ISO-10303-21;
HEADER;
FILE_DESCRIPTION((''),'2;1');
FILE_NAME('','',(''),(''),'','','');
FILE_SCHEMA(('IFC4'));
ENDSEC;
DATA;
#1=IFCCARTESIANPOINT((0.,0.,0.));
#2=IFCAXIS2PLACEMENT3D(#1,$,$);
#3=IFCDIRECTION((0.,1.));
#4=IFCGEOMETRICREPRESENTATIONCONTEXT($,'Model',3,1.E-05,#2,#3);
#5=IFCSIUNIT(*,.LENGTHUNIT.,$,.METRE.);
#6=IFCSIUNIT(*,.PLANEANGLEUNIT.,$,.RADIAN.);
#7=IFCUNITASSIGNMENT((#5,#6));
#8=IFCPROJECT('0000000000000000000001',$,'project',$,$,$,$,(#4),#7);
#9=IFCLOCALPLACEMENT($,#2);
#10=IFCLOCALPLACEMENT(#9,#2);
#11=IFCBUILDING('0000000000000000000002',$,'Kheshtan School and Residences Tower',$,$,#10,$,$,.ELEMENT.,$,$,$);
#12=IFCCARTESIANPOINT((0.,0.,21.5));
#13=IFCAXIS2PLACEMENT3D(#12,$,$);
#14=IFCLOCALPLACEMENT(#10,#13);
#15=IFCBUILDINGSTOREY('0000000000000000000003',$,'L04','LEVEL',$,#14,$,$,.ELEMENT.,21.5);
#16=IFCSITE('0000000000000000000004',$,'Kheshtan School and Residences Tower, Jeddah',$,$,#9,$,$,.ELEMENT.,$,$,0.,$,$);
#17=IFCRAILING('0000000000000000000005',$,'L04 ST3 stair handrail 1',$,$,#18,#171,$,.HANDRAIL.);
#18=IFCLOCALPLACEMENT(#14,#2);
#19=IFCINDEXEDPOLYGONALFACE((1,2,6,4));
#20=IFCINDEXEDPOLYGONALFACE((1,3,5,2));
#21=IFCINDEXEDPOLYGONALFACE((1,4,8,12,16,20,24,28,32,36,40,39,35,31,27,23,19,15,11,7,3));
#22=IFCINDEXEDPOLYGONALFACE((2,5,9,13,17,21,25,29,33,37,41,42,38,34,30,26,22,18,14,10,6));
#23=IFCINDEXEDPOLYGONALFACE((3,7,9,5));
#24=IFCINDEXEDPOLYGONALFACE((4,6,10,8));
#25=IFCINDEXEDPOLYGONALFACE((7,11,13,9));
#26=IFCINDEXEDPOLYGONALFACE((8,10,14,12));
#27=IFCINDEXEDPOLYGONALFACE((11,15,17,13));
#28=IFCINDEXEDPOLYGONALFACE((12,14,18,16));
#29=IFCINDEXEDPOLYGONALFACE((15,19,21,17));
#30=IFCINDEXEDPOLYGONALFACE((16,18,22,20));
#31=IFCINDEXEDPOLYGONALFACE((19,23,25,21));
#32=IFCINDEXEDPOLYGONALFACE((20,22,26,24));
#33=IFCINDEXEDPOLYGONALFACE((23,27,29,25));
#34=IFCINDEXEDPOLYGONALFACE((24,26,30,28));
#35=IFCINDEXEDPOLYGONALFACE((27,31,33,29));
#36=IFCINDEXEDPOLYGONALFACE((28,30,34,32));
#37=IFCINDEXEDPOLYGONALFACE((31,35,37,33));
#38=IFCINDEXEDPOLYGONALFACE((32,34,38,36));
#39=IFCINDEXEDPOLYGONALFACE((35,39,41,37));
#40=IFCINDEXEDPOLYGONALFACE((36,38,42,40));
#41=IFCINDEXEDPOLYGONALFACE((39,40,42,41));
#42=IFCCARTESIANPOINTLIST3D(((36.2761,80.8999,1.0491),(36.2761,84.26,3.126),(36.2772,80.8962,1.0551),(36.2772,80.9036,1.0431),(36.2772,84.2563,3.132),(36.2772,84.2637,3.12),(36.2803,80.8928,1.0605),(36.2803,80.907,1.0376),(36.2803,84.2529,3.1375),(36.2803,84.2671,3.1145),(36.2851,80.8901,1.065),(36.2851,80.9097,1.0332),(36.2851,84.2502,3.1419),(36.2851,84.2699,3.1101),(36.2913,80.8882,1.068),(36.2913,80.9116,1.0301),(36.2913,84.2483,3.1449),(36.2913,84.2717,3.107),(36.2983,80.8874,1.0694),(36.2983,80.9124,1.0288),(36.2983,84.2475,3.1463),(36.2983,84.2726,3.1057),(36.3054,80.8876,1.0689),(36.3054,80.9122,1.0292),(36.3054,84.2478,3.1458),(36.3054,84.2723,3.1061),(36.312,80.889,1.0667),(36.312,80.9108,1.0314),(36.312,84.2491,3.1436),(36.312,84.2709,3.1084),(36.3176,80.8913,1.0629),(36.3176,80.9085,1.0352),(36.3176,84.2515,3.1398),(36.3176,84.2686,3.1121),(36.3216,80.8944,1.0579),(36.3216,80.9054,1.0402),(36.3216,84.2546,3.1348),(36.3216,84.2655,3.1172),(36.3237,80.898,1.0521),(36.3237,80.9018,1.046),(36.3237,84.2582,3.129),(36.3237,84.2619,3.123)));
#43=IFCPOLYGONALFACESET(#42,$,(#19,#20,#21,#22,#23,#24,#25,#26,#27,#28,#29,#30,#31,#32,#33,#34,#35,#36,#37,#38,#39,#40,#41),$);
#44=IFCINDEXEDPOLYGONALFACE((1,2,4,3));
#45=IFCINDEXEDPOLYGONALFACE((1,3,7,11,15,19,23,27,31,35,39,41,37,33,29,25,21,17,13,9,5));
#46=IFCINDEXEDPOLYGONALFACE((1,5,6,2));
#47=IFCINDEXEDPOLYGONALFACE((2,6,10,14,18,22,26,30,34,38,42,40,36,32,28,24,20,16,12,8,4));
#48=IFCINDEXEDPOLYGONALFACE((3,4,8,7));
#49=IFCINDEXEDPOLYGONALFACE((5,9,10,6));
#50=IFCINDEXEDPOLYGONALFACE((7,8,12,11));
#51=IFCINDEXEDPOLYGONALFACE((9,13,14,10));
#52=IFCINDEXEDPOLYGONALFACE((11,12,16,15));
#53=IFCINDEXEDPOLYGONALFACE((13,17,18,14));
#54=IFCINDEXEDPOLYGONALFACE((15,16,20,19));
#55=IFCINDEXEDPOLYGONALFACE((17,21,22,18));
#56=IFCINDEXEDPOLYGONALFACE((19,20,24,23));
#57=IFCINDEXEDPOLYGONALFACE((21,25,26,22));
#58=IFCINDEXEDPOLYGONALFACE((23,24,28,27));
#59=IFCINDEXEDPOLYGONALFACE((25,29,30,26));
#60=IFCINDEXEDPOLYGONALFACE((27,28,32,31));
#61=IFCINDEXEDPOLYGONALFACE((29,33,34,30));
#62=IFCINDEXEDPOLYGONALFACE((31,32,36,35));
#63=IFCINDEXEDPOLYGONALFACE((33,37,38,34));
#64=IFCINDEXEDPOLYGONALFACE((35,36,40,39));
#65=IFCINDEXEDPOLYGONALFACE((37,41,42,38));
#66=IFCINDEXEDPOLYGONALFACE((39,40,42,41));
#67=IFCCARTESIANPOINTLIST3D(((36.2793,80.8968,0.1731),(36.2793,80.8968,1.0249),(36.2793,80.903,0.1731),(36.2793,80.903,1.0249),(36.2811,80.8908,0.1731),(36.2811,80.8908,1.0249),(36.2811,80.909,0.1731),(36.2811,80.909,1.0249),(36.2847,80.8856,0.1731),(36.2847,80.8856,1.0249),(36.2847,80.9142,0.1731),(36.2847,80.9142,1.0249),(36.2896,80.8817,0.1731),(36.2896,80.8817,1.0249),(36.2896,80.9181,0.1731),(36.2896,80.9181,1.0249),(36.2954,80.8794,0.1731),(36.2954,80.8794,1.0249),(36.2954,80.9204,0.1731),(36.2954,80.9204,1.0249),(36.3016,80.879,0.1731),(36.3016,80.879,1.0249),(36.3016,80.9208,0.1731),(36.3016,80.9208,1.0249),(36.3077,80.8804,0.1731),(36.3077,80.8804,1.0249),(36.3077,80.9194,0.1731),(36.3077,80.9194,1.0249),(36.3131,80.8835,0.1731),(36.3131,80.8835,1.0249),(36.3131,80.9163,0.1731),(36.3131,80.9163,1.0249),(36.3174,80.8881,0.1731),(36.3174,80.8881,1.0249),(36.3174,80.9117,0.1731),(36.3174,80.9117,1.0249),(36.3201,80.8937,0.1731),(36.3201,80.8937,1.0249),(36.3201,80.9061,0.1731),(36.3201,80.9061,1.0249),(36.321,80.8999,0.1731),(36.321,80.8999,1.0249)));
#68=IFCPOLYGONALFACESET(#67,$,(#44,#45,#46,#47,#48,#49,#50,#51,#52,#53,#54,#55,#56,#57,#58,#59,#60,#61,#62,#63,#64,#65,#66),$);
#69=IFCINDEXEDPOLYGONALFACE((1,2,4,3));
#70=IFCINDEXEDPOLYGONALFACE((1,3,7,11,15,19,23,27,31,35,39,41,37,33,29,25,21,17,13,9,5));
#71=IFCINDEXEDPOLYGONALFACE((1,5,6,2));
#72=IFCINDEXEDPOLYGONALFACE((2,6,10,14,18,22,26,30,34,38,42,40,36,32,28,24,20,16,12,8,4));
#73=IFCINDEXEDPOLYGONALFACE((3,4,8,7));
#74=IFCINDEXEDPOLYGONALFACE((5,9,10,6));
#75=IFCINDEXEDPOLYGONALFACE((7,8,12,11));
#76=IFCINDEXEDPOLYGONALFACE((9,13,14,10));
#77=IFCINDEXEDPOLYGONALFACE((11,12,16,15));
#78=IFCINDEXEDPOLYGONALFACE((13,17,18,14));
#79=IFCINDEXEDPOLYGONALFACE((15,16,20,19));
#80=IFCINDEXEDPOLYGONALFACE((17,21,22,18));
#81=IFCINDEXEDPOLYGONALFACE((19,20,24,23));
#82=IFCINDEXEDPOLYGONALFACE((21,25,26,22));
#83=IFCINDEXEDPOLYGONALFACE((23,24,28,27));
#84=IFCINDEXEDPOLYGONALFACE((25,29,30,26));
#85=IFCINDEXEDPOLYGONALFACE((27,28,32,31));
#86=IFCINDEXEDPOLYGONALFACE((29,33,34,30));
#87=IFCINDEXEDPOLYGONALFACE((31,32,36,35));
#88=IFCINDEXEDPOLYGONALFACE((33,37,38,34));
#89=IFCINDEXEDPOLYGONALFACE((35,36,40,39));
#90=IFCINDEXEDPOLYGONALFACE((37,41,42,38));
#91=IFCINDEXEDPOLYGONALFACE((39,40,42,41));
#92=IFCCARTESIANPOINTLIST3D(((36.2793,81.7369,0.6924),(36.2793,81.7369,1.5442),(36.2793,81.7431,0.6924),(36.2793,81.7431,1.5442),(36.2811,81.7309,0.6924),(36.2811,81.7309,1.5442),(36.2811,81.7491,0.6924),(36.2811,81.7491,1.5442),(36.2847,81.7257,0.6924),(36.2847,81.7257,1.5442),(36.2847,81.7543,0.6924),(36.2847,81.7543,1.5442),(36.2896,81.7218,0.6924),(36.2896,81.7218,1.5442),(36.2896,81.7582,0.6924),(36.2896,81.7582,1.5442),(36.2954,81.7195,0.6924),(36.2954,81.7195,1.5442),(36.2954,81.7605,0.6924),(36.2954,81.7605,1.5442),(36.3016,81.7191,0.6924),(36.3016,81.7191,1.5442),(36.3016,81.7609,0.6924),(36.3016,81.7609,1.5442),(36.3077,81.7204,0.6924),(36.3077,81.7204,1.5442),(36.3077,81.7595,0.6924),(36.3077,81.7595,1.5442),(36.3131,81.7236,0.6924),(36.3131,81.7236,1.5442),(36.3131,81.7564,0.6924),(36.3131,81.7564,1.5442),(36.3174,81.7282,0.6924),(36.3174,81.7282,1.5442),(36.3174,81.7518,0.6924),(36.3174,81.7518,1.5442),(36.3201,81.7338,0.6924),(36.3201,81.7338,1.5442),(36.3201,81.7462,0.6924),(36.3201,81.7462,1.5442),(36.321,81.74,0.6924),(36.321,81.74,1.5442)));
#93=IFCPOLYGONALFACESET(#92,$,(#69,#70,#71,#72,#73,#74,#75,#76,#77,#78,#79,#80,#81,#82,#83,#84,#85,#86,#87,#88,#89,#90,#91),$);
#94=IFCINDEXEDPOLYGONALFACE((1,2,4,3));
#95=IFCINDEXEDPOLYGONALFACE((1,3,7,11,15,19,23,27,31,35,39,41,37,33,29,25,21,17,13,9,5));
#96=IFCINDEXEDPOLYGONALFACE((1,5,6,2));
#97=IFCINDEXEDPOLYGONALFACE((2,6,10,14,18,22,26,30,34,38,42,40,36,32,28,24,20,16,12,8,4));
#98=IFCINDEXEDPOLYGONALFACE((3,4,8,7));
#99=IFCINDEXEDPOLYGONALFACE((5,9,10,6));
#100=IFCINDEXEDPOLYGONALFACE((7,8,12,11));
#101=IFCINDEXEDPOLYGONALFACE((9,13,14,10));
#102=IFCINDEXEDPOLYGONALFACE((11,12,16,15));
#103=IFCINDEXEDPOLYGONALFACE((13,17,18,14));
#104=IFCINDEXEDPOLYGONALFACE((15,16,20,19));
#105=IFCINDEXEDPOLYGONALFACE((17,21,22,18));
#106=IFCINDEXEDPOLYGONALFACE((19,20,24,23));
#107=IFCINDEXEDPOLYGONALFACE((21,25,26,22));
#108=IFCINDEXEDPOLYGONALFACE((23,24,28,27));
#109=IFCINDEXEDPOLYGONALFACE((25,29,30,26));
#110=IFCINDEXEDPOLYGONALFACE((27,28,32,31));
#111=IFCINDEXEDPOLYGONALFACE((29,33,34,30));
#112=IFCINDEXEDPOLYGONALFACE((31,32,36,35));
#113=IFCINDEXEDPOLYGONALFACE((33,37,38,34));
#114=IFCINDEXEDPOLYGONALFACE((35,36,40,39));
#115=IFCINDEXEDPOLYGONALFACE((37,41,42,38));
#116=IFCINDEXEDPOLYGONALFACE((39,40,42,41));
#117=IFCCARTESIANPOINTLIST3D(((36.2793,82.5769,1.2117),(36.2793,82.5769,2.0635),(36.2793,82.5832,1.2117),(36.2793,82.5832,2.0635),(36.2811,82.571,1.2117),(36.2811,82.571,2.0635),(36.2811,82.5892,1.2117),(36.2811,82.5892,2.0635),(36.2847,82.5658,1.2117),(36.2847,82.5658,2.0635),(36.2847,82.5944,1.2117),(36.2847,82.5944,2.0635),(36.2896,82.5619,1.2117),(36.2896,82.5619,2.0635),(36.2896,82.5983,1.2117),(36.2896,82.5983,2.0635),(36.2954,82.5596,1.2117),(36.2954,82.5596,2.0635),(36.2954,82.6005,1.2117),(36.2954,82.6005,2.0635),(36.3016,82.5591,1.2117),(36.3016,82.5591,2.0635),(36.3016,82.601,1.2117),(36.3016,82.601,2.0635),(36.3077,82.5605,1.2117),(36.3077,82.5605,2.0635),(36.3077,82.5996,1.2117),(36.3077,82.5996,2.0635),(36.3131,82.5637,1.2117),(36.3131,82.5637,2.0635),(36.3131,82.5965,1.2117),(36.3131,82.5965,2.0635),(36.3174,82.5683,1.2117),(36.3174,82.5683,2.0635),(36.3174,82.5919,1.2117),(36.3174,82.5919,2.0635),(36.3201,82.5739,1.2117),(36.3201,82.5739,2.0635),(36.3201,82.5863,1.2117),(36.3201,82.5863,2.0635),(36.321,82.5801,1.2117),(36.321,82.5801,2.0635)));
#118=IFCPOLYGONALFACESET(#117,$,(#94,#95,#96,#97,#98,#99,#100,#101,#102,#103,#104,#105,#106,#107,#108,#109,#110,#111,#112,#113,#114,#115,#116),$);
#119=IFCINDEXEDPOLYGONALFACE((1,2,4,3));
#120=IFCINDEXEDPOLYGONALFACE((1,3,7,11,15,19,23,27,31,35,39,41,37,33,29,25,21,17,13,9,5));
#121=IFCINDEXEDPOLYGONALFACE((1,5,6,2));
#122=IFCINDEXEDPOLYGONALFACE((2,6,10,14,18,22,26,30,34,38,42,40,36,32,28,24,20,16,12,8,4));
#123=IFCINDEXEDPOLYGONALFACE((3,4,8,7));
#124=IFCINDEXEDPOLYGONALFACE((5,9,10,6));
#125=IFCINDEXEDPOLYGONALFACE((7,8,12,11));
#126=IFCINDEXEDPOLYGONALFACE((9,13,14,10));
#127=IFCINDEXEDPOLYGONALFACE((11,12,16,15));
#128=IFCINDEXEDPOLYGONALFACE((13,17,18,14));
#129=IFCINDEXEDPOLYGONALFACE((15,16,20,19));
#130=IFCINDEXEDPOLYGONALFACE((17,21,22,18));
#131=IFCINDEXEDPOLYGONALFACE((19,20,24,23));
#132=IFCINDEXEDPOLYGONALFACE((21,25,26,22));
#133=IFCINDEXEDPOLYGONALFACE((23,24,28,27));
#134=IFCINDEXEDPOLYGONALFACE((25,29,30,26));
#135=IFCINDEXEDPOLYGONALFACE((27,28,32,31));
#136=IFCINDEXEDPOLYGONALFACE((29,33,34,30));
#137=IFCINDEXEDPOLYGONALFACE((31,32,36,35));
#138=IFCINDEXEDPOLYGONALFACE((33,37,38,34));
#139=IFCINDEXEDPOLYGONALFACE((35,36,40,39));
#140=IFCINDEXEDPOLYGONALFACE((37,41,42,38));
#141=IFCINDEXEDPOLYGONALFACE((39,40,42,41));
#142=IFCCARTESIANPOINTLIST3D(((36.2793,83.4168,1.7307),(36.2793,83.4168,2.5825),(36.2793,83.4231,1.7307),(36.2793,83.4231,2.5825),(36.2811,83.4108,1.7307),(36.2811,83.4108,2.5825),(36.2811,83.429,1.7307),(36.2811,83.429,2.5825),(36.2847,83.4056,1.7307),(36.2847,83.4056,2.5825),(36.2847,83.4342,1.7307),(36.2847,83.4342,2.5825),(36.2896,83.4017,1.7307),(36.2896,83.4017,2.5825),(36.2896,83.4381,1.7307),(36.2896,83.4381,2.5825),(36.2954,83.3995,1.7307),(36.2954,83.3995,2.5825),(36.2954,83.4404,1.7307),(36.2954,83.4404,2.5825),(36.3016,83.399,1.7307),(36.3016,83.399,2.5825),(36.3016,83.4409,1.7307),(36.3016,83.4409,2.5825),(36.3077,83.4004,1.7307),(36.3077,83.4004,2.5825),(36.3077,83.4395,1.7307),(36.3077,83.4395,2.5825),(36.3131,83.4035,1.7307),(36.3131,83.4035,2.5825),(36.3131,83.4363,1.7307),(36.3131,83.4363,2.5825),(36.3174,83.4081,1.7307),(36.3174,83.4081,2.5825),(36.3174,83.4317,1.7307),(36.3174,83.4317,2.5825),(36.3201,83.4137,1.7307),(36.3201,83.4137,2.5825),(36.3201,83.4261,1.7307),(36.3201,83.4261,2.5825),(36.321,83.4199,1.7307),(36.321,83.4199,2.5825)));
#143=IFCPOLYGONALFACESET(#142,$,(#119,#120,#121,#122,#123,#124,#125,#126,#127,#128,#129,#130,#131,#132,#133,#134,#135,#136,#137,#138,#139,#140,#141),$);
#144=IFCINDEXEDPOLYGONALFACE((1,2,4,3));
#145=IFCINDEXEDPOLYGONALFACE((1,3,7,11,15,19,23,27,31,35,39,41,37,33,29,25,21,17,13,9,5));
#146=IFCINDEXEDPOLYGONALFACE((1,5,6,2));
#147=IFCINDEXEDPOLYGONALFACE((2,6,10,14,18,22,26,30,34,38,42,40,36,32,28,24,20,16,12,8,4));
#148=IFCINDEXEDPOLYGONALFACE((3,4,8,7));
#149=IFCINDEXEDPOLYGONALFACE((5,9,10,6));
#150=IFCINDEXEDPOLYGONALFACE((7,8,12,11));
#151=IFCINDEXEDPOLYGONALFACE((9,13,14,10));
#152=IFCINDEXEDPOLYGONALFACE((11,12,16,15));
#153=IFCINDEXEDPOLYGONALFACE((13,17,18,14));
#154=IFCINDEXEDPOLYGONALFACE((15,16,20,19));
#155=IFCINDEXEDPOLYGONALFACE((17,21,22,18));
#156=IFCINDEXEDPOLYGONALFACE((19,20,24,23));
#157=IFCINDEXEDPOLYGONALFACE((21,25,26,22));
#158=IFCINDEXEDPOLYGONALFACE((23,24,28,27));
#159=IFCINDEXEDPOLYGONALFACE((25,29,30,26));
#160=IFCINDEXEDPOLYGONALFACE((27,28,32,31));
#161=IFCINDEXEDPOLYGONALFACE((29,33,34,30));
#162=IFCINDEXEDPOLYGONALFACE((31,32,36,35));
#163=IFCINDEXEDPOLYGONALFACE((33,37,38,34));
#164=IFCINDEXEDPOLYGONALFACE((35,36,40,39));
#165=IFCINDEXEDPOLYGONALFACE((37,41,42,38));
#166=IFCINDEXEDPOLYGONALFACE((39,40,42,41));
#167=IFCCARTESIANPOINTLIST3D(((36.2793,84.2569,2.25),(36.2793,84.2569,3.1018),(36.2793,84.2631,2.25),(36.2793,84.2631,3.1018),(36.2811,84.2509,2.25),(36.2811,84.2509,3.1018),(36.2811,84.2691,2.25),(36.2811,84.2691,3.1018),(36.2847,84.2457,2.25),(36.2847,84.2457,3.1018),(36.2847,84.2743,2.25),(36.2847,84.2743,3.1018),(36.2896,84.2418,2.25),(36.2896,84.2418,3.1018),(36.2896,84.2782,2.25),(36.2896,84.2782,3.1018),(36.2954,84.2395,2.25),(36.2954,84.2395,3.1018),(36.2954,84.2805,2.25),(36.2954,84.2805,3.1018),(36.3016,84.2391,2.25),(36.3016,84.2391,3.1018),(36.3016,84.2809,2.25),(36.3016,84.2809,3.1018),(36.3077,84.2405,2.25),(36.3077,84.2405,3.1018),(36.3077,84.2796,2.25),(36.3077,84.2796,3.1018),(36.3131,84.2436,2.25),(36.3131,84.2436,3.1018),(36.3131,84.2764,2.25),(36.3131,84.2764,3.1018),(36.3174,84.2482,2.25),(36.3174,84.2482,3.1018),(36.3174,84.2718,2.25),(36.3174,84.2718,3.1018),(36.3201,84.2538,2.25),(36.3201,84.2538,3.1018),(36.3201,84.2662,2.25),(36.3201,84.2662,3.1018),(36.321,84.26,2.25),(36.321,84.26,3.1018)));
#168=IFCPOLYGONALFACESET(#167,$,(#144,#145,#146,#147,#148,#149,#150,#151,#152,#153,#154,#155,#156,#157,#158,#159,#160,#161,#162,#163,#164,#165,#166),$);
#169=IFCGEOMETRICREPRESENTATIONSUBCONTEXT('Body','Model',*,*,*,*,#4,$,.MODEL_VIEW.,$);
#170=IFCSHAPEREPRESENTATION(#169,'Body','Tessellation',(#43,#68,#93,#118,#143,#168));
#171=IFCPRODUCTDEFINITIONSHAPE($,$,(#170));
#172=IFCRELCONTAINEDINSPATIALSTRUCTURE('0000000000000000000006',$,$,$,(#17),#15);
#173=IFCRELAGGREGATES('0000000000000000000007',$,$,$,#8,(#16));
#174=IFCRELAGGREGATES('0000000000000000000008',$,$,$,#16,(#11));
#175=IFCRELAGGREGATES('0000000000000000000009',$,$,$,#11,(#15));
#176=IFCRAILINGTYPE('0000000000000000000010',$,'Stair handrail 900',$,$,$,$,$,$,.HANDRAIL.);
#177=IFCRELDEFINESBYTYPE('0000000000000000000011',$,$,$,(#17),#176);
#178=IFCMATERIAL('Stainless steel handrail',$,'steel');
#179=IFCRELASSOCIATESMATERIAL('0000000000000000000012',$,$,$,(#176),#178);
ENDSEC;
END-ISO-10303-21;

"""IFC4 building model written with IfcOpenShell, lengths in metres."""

from ifc_helpers import new_model, si_unit, direction, frame, origin, origin_2d, place, context, subcontext, project, spatial, circle, extrude, material, type_object, element, save


model = new_model("IFC4")

# Units and contexts
model_context = context("Model", 3, precision=1e-05, world=origin(), true_north=direction((0.0, 1.0)))
body_context = subcontext(model_context, "Body", "Model", "MODEL_VIEW")
ifc_project = project(units=[si_unit("LENGTHUNIT", "METRE"), si_unit("PLANEANGLEUNIT", "RADIAN")], contexts=[model_context])

# Site, building, storey
site_placement = place(None, origin())
site = spatial("IfcSite", under=ifc_project, at=site_placement, Name="Kheshtan School and Residences Tower, Jeddah", CompositionType="ELEMENT", RefElevation=0.0)
building_placement = place(site_placement, origin())
building = spatial("IfcBuilding", under=site, at=building_placement, Name="Kheshtan School and Residences Tower", CompositionType="ELEMENT")
storey_placement = place(building_placement, frame((0.0, 0.0, 21.5)))
storey = spatial("IfcBuildingStorey", under=building, at=storey_placement, Name="L04", Description="LEVEL", CompositionType="ELEMENT", Elevation=21.5)

# Railing
ifc_material_1 = material(Name="Stainless steel handrail", Category="steel")
railing_type_1 = type_object("IfcRailingType", Name="Stair handrail 900", PredefinedType="HANDRAIL", material=ifc_material_1)
railing_1_placement = place(storey_placement, frame((36.3, 80.8999, 0.1731)))
element("IfcRailing", 1, at=railing_1_placement, inside=storey, type_object=railing_type_1, Name="L04 ST3 stair handrail 1", PredefinedType="HANDRAIL", context=body_context, shape_type="SweptSolid", body=[
    extrude(circle(Radius=0.0239, at=origin_2d()), frame((0.0, 0.0, 0.876), z_axis=(0.0, 0.850623, 0.525776), x_axis=(-1.0, 0.0, 0.0)), (0.0, 0.0, 1.0), 3.9502),
    extrude(circle(Radius=0.021, at=origin_2d()), origin(), (0.0, 0.0, 1.0), 0.8518),
    extrude(circle(Radius=0.021, at=origin_2d()), frame((0.0, 0.8401, 0.5193)), (0.0, 0.0, 1.0), 0.8518),
    extrude(circle(Radius=0.021, at=origin_2d()), frame((0.0, 1.6802, 1.0386)), (0.0, 0.0, 1.0), 0.8518),
    extrude(circle(Radius=0.021, at=origin_2d()), frame((0.0, 2.52, 1.5576)), (0.0, 0.0, 1.0), 0.8518),
    extrude(circle(Radius=0.021, at=origin_2d()), frame((0.0, 3.3601, 2.0769)), (0.0, 0.0, 1.0), 0.8518),
])

save(model, "model.ifc")
